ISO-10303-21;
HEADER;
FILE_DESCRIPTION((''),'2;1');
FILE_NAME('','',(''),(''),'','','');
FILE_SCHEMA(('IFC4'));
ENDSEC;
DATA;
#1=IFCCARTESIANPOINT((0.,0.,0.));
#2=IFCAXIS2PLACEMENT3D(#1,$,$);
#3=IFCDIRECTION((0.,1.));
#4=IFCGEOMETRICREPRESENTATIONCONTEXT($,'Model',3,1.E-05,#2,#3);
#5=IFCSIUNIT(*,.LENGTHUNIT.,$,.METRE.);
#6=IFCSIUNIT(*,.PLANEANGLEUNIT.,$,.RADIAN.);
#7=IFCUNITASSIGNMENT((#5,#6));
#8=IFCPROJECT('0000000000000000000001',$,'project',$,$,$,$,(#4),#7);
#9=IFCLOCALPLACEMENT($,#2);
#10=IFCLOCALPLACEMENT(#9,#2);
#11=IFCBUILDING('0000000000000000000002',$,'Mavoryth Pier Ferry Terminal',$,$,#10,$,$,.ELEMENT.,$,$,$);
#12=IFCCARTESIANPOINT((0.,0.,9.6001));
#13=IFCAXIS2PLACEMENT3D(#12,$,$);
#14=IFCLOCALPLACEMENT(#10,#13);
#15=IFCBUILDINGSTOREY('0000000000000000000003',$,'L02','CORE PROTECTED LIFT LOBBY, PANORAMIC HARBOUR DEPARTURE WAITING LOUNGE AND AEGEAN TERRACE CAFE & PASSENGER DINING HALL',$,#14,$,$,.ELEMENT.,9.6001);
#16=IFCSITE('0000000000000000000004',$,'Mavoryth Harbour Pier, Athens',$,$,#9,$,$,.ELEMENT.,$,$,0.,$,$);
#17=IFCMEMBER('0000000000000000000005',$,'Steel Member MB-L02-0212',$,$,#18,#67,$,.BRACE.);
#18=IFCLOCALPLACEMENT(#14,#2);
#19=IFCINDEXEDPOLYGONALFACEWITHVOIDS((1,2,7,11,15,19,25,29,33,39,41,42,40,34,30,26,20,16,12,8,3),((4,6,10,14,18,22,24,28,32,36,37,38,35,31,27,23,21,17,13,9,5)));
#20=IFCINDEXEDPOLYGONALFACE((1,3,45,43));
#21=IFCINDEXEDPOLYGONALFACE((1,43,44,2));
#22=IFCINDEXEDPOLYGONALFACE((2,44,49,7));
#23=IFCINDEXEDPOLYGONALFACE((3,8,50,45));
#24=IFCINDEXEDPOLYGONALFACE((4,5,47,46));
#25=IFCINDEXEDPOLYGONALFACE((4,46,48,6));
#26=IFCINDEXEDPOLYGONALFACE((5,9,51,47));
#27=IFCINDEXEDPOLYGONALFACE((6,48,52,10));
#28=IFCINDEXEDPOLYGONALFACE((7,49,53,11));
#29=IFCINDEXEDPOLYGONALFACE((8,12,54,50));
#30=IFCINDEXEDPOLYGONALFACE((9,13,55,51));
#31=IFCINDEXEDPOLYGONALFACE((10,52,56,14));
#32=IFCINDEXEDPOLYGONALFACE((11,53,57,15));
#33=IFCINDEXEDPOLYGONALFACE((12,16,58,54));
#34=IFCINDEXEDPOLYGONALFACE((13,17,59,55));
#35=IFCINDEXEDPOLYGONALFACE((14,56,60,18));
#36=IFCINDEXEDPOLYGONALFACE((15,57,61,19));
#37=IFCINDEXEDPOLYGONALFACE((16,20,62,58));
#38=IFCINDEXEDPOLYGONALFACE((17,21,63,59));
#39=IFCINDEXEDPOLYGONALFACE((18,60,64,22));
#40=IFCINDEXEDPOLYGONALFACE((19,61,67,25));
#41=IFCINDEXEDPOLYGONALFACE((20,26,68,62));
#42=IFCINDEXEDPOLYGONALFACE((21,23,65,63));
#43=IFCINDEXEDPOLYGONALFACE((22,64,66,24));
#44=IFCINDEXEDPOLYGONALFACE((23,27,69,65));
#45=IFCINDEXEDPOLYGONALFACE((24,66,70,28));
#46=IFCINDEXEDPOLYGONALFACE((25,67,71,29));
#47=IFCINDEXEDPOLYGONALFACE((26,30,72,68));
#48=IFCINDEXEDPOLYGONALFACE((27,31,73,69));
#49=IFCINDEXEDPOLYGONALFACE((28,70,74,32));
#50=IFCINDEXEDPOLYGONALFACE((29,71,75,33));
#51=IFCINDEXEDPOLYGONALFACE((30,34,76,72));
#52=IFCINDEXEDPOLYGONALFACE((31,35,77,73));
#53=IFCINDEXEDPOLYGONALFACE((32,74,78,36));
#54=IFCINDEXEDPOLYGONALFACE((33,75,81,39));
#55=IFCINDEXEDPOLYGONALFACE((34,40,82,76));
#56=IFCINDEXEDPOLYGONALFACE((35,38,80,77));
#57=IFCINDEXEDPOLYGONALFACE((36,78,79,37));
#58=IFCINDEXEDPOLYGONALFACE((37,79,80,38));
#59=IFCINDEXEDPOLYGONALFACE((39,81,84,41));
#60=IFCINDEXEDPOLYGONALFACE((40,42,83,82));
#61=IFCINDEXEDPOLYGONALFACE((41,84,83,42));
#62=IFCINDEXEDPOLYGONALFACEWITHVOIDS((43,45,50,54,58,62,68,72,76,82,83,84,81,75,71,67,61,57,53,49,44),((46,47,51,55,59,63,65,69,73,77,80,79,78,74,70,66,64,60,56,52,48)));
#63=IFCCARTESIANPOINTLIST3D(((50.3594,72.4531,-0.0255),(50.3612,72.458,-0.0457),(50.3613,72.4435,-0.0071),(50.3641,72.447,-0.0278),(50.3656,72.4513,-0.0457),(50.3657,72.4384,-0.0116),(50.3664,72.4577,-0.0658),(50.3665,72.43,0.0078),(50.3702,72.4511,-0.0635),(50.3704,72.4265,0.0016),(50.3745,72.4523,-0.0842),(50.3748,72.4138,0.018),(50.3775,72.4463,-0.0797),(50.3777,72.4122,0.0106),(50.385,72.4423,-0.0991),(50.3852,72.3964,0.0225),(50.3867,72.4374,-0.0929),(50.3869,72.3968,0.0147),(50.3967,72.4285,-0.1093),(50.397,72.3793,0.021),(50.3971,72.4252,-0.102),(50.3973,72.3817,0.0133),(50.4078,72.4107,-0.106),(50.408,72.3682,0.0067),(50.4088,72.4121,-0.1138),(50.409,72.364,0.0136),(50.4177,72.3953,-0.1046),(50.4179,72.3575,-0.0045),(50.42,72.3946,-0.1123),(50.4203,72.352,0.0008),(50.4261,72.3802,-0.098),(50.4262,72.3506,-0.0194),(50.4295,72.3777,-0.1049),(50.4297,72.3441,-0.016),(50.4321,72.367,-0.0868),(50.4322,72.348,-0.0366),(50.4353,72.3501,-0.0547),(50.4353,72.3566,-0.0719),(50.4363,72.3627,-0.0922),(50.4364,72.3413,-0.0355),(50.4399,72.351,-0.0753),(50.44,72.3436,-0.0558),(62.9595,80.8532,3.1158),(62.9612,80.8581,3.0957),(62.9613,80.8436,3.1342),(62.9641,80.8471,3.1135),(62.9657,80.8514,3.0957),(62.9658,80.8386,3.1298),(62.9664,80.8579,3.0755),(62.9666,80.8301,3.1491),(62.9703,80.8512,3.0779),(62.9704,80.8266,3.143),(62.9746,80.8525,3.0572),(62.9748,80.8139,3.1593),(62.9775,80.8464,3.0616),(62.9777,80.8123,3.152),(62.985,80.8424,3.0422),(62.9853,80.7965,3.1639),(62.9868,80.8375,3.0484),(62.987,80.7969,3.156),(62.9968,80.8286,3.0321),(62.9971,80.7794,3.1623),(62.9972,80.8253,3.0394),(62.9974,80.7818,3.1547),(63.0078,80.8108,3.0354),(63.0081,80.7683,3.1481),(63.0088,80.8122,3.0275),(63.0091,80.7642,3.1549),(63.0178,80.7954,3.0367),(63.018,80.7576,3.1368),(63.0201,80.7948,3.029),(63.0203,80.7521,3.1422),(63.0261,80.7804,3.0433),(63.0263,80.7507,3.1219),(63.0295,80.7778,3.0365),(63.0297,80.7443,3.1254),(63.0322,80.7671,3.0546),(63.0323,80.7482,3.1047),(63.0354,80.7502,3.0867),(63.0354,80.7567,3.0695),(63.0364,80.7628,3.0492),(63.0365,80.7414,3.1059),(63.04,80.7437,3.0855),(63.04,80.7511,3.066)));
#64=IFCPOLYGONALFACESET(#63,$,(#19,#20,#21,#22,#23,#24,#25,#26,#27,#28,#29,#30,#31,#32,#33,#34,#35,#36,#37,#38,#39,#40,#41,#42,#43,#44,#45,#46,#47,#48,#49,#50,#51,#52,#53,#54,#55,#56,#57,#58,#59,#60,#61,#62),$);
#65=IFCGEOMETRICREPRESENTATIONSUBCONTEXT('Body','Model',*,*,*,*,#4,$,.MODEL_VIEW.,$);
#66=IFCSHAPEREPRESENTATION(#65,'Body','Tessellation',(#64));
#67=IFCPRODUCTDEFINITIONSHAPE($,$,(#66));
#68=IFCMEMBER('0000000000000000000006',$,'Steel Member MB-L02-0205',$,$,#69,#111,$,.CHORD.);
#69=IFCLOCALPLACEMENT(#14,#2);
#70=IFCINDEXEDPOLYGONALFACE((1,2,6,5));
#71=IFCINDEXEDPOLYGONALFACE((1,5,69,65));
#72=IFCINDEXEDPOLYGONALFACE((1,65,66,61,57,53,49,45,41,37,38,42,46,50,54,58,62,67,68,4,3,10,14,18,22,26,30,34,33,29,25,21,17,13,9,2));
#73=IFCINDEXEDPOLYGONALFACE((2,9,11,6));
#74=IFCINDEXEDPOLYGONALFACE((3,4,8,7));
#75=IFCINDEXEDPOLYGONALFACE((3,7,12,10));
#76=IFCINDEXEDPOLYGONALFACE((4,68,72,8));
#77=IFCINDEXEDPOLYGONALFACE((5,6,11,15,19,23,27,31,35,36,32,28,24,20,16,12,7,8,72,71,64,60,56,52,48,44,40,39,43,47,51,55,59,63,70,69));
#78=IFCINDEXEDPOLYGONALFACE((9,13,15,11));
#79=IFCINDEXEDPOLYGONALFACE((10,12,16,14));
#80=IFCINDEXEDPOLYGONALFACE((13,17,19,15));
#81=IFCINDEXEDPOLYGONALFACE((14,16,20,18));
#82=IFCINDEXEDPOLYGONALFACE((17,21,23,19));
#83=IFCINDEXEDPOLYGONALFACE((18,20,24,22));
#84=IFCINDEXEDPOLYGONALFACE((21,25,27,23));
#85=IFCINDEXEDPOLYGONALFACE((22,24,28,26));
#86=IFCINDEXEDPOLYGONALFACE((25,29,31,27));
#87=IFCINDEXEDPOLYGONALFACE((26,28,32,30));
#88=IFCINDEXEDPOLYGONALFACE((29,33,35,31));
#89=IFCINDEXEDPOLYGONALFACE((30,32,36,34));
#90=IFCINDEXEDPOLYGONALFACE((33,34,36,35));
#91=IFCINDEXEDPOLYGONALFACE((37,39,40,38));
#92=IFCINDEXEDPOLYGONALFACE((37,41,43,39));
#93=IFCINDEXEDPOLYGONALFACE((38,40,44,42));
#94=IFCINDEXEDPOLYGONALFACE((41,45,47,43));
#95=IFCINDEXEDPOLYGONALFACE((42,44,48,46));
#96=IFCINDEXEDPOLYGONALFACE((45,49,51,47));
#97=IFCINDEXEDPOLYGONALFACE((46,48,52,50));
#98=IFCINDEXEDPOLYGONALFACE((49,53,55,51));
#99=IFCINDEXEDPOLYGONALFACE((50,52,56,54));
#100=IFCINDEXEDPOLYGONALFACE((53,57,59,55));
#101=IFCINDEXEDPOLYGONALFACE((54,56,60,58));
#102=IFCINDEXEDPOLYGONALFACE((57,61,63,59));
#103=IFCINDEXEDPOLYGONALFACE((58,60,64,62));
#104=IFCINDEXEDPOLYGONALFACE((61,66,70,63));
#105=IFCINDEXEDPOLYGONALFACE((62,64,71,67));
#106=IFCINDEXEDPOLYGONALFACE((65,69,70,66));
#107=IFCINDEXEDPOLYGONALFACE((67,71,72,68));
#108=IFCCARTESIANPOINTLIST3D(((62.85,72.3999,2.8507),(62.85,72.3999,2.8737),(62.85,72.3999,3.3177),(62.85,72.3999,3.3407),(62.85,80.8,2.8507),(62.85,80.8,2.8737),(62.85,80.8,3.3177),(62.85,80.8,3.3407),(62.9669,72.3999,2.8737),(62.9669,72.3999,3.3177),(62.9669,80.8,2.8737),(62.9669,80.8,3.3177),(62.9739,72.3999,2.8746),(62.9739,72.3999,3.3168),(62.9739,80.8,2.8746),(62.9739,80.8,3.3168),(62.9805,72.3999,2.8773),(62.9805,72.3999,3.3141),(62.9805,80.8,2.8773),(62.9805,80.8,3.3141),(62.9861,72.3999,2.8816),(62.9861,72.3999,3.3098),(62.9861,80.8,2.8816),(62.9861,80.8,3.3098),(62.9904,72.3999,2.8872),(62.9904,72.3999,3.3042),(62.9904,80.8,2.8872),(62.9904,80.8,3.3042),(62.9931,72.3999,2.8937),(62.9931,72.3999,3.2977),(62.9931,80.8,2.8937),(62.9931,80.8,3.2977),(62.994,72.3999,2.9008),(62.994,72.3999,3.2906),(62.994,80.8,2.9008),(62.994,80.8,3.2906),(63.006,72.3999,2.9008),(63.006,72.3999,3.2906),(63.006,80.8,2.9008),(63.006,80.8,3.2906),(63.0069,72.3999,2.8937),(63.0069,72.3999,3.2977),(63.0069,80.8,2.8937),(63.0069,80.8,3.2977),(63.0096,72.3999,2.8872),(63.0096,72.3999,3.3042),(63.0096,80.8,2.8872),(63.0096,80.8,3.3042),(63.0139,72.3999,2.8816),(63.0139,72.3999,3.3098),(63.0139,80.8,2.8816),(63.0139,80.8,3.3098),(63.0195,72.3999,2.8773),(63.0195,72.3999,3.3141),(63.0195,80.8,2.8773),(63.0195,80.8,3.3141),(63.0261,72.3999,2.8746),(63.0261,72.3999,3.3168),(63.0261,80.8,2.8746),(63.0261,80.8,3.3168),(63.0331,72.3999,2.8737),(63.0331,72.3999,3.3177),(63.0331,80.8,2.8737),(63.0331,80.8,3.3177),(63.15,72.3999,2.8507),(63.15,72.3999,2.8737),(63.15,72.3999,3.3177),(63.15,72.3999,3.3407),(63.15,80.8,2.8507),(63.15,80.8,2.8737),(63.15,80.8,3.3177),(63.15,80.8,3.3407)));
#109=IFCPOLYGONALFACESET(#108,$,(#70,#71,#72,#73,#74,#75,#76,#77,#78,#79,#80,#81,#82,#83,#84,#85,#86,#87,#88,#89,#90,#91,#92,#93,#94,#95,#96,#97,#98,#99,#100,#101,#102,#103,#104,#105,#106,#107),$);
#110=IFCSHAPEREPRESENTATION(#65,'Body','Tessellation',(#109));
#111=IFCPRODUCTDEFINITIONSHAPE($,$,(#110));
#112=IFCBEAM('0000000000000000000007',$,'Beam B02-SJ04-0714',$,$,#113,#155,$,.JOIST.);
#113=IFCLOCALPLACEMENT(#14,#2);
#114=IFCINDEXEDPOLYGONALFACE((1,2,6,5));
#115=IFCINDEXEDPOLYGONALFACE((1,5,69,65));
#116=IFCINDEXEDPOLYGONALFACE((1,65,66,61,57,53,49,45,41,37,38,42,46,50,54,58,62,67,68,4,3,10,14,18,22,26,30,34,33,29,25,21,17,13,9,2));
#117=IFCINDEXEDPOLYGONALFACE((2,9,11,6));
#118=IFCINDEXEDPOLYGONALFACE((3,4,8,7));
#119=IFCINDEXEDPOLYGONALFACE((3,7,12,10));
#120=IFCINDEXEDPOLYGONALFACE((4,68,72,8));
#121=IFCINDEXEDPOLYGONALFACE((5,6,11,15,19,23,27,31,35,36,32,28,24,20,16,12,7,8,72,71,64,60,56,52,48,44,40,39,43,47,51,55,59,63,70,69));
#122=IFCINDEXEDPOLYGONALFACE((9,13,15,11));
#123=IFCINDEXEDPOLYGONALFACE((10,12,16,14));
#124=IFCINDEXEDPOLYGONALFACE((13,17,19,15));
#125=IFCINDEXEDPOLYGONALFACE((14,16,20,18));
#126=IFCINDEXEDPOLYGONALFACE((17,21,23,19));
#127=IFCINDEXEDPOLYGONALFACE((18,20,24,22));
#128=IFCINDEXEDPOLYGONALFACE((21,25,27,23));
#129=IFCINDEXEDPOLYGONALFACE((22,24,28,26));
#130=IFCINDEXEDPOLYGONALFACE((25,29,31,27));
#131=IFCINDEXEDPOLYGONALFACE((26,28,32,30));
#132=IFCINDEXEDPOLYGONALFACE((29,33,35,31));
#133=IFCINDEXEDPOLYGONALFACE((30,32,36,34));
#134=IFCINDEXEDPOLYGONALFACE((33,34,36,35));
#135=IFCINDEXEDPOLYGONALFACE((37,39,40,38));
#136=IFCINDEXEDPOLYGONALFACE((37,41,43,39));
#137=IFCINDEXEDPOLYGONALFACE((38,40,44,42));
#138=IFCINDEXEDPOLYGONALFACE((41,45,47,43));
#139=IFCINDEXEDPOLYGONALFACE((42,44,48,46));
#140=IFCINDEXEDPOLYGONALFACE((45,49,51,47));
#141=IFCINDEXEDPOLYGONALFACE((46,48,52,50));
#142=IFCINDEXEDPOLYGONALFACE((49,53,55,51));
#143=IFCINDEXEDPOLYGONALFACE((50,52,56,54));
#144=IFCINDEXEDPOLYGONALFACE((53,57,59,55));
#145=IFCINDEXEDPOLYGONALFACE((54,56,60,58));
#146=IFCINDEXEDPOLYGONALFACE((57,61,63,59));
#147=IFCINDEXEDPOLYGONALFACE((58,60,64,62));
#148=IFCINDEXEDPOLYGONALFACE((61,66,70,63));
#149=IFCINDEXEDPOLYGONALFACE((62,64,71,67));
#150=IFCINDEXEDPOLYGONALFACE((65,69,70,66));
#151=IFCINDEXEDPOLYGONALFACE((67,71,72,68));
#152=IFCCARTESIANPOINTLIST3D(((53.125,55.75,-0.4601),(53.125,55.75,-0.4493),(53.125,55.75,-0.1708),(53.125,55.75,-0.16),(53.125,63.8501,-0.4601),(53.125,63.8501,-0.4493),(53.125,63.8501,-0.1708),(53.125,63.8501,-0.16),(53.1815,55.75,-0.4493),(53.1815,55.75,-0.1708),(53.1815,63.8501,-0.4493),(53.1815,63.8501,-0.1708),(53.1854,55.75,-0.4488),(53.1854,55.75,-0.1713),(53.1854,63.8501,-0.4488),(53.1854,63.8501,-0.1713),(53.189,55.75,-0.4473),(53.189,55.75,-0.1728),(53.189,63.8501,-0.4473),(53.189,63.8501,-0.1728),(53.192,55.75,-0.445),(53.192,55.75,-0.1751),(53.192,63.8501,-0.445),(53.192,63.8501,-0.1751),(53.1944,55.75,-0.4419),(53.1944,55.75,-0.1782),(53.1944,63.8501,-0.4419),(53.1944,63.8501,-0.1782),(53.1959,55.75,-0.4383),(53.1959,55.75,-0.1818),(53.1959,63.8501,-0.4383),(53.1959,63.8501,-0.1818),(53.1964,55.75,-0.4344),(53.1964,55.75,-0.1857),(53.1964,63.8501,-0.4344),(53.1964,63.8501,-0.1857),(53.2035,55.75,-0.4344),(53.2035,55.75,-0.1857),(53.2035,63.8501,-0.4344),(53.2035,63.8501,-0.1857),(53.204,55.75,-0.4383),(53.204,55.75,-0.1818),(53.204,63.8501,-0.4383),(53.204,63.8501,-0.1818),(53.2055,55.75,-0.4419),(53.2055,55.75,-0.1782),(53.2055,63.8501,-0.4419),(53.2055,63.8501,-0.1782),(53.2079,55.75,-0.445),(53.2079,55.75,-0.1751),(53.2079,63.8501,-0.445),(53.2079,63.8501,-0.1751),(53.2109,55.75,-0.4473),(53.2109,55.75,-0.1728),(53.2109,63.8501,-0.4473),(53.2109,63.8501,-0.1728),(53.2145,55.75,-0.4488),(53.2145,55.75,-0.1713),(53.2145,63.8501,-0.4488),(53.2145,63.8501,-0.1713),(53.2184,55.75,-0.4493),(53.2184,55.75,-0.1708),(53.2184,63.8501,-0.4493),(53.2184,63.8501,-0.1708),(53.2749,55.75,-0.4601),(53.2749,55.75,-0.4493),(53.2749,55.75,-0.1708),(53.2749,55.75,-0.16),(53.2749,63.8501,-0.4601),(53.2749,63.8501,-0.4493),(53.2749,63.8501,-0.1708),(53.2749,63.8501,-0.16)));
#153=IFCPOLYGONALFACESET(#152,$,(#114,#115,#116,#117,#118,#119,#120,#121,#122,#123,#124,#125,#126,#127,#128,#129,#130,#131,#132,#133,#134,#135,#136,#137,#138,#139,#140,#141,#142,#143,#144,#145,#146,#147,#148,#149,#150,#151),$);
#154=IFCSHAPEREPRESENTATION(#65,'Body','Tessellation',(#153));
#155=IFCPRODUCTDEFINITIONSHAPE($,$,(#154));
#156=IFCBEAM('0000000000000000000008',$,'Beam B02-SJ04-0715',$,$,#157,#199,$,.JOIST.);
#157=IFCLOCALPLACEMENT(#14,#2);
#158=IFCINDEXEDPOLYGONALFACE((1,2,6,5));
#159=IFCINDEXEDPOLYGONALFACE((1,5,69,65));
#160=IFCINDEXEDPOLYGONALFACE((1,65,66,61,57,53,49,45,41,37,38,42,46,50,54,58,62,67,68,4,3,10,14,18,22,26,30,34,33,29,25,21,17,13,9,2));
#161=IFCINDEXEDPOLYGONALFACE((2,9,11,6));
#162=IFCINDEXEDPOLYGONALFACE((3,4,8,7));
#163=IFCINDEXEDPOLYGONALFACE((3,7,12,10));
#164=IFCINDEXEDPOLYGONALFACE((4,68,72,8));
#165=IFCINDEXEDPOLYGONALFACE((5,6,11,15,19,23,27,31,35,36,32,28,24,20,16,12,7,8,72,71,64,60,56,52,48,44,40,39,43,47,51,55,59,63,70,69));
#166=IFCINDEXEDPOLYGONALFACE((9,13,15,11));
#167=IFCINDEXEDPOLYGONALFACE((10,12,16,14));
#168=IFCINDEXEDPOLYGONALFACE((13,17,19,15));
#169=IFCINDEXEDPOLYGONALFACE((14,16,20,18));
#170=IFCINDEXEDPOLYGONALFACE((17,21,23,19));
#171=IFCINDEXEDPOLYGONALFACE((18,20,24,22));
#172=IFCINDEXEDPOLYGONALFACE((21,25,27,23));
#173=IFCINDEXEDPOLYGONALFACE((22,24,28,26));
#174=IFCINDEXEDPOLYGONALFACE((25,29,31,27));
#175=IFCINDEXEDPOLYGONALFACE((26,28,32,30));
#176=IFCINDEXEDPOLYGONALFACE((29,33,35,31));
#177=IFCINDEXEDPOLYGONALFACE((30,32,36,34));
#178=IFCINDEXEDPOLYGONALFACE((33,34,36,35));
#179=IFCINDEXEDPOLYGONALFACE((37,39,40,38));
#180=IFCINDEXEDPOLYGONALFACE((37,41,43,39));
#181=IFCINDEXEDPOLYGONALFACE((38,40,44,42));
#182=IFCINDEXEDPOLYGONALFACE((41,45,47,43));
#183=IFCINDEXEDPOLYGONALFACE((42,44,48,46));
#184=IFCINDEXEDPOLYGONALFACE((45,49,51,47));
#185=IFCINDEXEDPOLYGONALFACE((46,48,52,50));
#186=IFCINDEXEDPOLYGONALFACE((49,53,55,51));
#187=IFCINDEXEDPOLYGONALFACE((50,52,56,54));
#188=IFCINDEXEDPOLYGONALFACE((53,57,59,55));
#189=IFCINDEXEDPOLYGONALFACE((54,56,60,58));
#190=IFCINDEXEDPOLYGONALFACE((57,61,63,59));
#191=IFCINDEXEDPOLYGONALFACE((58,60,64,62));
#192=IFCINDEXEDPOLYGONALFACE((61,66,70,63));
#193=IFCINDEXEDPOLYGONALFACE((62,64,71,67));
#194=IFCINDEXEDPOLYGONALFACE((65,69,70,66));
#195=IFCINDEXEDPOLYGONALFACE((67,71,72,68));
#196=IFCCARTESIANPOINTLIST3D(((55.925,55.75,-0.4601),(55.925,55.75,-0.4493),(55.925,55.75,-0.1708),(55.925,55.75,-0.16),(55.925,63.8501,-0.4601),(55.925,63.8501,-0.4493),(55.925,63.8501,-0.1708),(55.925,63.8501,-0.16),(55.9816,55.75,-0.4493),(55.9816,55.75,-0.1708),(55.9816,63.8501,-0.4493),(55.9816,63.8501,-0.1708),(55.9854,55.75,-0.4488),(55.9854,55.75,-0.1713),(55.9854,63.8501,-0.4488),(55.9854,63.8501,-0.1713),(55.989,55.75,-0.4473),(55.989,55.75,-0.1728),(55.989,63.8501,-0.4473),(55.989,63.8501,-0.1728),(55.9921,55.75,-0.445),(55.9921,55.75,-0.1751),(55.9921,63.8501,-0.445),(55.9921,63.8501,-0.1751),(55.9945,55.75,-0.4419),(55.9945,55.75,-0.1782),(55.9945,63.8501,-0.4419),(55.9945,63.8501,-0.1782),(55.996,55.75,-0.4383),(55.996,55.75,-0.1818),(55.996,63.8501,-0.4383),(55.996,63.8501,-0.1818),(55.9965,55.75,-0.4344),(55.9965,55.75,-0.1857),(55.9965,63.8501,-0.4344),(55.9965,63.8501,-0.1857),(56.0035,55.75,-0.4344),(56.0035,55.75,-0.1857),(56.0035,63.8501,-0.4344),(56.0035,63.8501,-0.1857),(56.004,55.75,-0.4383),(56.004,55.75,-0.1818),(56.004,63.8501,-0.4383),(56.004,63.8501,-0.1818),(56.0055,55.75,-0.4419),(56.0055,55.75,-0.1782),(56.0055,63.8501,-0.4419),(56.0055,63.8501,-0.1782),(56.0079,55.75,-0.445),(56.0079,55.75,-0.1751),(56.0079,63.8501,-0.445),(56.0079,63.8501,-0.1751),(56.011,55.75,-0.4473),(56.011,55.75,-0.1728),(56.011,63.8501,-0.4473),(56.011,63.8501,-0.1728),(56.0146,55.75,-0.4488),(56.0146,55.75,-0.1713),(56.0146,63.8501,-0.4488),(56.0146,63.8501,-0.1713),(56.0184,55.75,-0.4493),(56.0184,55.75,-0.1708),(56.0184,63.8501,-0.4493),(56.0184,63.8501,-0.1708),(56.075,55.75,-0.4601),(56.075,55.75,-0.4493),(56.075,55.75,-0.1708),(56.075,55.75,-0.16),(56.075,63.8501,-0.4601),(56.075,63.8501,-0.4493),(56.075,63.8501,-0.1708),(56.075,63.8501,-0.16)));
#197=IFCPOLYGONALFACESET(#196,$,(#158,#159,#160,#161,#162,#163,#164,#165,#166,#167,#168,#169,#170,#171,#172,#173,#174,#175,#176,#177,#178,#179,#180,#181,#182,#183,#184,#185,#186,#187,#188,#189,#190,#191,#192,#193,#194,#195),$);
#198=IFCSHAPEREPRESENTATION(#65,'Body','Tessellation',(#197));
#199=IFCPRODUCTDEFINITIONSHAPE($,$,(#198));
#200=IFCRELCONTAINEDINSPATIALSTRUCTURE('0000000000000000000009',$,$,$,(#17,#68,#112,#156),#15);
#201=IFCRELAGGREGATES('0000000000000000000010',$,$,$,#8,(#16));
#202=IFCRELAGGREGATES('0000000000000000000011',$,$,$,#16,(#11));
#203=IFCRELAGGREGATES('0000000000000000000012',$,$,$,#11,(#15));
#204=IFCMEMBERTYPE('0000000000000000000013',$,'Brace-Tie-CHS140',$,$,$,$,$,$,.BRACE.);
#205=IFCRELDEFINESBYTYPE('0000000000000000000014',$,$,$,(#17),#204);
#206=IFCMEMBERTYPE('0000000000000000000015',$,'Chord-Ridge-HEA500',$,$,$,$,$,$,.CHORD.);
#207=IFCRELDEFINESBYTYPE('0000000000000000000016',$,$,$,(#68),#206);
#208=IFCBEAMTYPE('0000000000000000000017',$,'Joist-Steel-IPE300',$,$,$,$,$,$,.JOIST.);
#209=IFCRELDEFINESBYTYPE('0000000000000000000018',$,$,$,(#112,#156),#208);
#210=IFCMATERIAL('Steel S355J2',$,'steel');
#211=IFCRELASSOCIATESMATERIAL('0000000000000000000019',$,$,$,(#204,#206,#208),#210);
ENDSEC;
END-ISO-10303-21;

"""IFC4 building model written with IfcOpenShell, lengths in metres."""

from ifc_helpers import new_model, si_unit, direction, frame, origin, origin_2d, place, context, subcontext, project, spatial, hollow_circle, i_section, extrude, material, material_profile, profile_set, type_object, element, save


model = new_model("IFC4")

# Units and contexts
model_context = context("Model", 3, precision=1e-05, world=origin(), true_north=direction((0.0, 1.0)))
body_context = subcontext(model_context, "Body", "Model", "MODEL_VIEW")
ifc_project = project(units=[si_unit("LENGTHUNIT", "METRE"), si_unit("PLANEANGLEUNIT", "RADIAN")], contexts=[model_context])

# Site, building, storey
site_placement = place(None, origin())
site = spatial("IfcSite", under=ifc_project, at=site_placement, Name="Mavoryth Harbour Pier, Athens", CompositionType="ELEMENT", RefElevation=0.0)
building_placement = place(site_placement, origin())
building = spatial("IfcBuilding", under=site, at=building_placement, Name="Mavoryth Pier Ferry Terminal", CompositionType="ELEMENT")
storey_placement = place(building_placement, frame((0.0, 0.0, 9.6001)))
storey = spatial("IfcBuildingStorey", under=building, at=storey_placement, Name="L02", Description="CORE PROTECTED LIFT LOBBY, PANORAMIC HARBOUR DEPARTURE WAITING LOUNGE AND AEGEAN TERRACE CAFE & PASSENGER DINING HALL", CompositionType="ELEMENT", Elevation=9.6001)

# Shared definitions
ifc_material_1 = material(Name="Steel S355J2", Category="steel")

# Members
ifc_material_profile_1 = material_profile(ifc_material_1, hollow_circle(Radius=0.0698, WallThickness=0.0081, at=origin_2d()), Name="CHS 139.7x8.0", Category="steel")
ifc_profile_set_1 = profile_set([ifc_material_profile_1], Name="Steel S355J2 - CHS 139.7x8.0")
member_type_1 = type_object("IfcMemberType", Name="Brace-Tie-CHS140", PredefinedType="BRACE", material=ifc_profile_set_1)
member_1_placement = place(storey_placement, frame((50.3999, 72.3999, -0.0457), z_axis=(0.814704, 0.543141, 0.203116), x_axis=(-0.554704, 0.832048, 0.0)))
element("IfcMember", 1, at=member_1_placement, inside=storey, type_object=member_type_1, Name="Steel Member MB-L02-0212", PredefinedType="BRACE", context=body_context, shape_type="SweptSolid", body=[
    extrude(hollow_circle(Radius=0.0698, WallThickness=0.0081, at=origin_2d()), origin(), (0.0, 0.0, 1.0), 15.4658),
])
ifc_material_profile_2 = material_profile(ifc_material_1, i_section(OverallWidth=0.3, OverallDepth=0.49, WebThickness=0.012, FlangeThickness=0.0229, FilletRadius=0.0271, at=origin_2d()), Name="HEA 500", Category="steel")
ifc_profile_set_2 = profile_set([ifc_material_profile_2], Name="Steel S355J2 - HEA 500")
member_type_2 = type_object("IfcMemberType", Name="Chord-Ridge-HEA500", PredefinedType="CHORD", material=ifc_profile_set_2)
member_2_placement = place(storey_placement, frame((63.0, 72.3999, 3.0957), z_axis=(0.0, 1.0, 0.0), x_axis=(-1.0, 0.0, 0.0)))
element("IfcMember", 2, at=member_2_placement, inside=storey, type_object=member_type_2, Name="Steel Member MB-L02-0205", PredefinedType="CHORD", context=body_context, shape_type="SweptSolid", body=[
    extrude(i_section(OverallWidth=0.3, OverallDepth=0.49, WebThickness=0.012, FlangeThickness=0.0229, FilletRadius=0.0271, at=origin_2d()), origin(), (0.0, 0.0, 1.0), 8.4001),
])

# Beams
ifc_material_profile_3 = material_profile(ifc_material_1, i_section(OverallWidth=0.1499, OverallDepth=0.3, WebThickness=0.0071, FlangeThickness=0.0107, FilletRadius=0.0149, at=origin_2d()), Name="IPE 300", Category="steel")
ifc_profile_set_3 = profile_set([ifc_material_profile_3], Name="Steel S355J2 - IPE 300")
beam_type_1 = type_object("IfcBeamType", Name="Joist-Steel-IPE300", PredefinedType="JOIST", material=ifc_profile_set_3)
for number, where, z_axis, x_axis, name in (
    (3, (53.2, 55.75, -0.3101), (0.0, 1.0, 0.0), (-1.0, 0.0, 0.0), "Beam B02-SJ04-0714"),
    (4, (56.0, 55.75, -0.3101), (0.0, 1.0, 0.0), (-1.0, 0.0, 0.0), "Beam B02-SJ04-0715"),
):
    element("IfcBeam", number, at=place(storey_placement, frame(where, z_axis=z_axis, x_axis=x_axis)), inside=storey, type_object=beam_type_1, Name=name, PredefinedType="JOIST", context=body_context, shape_type="SweptSolid", body=[
        extrude(i_section(OverallWidth=0.1499, OverallDepth=0.3, WebThickness=0.0071, FlangeThickness=0.0107, FilletRadius=0.0149, at=origin_2d()), origin(), (0.0, 0.0, 1.0), 8.1001),
    ])

save(model, "model.ifc")
